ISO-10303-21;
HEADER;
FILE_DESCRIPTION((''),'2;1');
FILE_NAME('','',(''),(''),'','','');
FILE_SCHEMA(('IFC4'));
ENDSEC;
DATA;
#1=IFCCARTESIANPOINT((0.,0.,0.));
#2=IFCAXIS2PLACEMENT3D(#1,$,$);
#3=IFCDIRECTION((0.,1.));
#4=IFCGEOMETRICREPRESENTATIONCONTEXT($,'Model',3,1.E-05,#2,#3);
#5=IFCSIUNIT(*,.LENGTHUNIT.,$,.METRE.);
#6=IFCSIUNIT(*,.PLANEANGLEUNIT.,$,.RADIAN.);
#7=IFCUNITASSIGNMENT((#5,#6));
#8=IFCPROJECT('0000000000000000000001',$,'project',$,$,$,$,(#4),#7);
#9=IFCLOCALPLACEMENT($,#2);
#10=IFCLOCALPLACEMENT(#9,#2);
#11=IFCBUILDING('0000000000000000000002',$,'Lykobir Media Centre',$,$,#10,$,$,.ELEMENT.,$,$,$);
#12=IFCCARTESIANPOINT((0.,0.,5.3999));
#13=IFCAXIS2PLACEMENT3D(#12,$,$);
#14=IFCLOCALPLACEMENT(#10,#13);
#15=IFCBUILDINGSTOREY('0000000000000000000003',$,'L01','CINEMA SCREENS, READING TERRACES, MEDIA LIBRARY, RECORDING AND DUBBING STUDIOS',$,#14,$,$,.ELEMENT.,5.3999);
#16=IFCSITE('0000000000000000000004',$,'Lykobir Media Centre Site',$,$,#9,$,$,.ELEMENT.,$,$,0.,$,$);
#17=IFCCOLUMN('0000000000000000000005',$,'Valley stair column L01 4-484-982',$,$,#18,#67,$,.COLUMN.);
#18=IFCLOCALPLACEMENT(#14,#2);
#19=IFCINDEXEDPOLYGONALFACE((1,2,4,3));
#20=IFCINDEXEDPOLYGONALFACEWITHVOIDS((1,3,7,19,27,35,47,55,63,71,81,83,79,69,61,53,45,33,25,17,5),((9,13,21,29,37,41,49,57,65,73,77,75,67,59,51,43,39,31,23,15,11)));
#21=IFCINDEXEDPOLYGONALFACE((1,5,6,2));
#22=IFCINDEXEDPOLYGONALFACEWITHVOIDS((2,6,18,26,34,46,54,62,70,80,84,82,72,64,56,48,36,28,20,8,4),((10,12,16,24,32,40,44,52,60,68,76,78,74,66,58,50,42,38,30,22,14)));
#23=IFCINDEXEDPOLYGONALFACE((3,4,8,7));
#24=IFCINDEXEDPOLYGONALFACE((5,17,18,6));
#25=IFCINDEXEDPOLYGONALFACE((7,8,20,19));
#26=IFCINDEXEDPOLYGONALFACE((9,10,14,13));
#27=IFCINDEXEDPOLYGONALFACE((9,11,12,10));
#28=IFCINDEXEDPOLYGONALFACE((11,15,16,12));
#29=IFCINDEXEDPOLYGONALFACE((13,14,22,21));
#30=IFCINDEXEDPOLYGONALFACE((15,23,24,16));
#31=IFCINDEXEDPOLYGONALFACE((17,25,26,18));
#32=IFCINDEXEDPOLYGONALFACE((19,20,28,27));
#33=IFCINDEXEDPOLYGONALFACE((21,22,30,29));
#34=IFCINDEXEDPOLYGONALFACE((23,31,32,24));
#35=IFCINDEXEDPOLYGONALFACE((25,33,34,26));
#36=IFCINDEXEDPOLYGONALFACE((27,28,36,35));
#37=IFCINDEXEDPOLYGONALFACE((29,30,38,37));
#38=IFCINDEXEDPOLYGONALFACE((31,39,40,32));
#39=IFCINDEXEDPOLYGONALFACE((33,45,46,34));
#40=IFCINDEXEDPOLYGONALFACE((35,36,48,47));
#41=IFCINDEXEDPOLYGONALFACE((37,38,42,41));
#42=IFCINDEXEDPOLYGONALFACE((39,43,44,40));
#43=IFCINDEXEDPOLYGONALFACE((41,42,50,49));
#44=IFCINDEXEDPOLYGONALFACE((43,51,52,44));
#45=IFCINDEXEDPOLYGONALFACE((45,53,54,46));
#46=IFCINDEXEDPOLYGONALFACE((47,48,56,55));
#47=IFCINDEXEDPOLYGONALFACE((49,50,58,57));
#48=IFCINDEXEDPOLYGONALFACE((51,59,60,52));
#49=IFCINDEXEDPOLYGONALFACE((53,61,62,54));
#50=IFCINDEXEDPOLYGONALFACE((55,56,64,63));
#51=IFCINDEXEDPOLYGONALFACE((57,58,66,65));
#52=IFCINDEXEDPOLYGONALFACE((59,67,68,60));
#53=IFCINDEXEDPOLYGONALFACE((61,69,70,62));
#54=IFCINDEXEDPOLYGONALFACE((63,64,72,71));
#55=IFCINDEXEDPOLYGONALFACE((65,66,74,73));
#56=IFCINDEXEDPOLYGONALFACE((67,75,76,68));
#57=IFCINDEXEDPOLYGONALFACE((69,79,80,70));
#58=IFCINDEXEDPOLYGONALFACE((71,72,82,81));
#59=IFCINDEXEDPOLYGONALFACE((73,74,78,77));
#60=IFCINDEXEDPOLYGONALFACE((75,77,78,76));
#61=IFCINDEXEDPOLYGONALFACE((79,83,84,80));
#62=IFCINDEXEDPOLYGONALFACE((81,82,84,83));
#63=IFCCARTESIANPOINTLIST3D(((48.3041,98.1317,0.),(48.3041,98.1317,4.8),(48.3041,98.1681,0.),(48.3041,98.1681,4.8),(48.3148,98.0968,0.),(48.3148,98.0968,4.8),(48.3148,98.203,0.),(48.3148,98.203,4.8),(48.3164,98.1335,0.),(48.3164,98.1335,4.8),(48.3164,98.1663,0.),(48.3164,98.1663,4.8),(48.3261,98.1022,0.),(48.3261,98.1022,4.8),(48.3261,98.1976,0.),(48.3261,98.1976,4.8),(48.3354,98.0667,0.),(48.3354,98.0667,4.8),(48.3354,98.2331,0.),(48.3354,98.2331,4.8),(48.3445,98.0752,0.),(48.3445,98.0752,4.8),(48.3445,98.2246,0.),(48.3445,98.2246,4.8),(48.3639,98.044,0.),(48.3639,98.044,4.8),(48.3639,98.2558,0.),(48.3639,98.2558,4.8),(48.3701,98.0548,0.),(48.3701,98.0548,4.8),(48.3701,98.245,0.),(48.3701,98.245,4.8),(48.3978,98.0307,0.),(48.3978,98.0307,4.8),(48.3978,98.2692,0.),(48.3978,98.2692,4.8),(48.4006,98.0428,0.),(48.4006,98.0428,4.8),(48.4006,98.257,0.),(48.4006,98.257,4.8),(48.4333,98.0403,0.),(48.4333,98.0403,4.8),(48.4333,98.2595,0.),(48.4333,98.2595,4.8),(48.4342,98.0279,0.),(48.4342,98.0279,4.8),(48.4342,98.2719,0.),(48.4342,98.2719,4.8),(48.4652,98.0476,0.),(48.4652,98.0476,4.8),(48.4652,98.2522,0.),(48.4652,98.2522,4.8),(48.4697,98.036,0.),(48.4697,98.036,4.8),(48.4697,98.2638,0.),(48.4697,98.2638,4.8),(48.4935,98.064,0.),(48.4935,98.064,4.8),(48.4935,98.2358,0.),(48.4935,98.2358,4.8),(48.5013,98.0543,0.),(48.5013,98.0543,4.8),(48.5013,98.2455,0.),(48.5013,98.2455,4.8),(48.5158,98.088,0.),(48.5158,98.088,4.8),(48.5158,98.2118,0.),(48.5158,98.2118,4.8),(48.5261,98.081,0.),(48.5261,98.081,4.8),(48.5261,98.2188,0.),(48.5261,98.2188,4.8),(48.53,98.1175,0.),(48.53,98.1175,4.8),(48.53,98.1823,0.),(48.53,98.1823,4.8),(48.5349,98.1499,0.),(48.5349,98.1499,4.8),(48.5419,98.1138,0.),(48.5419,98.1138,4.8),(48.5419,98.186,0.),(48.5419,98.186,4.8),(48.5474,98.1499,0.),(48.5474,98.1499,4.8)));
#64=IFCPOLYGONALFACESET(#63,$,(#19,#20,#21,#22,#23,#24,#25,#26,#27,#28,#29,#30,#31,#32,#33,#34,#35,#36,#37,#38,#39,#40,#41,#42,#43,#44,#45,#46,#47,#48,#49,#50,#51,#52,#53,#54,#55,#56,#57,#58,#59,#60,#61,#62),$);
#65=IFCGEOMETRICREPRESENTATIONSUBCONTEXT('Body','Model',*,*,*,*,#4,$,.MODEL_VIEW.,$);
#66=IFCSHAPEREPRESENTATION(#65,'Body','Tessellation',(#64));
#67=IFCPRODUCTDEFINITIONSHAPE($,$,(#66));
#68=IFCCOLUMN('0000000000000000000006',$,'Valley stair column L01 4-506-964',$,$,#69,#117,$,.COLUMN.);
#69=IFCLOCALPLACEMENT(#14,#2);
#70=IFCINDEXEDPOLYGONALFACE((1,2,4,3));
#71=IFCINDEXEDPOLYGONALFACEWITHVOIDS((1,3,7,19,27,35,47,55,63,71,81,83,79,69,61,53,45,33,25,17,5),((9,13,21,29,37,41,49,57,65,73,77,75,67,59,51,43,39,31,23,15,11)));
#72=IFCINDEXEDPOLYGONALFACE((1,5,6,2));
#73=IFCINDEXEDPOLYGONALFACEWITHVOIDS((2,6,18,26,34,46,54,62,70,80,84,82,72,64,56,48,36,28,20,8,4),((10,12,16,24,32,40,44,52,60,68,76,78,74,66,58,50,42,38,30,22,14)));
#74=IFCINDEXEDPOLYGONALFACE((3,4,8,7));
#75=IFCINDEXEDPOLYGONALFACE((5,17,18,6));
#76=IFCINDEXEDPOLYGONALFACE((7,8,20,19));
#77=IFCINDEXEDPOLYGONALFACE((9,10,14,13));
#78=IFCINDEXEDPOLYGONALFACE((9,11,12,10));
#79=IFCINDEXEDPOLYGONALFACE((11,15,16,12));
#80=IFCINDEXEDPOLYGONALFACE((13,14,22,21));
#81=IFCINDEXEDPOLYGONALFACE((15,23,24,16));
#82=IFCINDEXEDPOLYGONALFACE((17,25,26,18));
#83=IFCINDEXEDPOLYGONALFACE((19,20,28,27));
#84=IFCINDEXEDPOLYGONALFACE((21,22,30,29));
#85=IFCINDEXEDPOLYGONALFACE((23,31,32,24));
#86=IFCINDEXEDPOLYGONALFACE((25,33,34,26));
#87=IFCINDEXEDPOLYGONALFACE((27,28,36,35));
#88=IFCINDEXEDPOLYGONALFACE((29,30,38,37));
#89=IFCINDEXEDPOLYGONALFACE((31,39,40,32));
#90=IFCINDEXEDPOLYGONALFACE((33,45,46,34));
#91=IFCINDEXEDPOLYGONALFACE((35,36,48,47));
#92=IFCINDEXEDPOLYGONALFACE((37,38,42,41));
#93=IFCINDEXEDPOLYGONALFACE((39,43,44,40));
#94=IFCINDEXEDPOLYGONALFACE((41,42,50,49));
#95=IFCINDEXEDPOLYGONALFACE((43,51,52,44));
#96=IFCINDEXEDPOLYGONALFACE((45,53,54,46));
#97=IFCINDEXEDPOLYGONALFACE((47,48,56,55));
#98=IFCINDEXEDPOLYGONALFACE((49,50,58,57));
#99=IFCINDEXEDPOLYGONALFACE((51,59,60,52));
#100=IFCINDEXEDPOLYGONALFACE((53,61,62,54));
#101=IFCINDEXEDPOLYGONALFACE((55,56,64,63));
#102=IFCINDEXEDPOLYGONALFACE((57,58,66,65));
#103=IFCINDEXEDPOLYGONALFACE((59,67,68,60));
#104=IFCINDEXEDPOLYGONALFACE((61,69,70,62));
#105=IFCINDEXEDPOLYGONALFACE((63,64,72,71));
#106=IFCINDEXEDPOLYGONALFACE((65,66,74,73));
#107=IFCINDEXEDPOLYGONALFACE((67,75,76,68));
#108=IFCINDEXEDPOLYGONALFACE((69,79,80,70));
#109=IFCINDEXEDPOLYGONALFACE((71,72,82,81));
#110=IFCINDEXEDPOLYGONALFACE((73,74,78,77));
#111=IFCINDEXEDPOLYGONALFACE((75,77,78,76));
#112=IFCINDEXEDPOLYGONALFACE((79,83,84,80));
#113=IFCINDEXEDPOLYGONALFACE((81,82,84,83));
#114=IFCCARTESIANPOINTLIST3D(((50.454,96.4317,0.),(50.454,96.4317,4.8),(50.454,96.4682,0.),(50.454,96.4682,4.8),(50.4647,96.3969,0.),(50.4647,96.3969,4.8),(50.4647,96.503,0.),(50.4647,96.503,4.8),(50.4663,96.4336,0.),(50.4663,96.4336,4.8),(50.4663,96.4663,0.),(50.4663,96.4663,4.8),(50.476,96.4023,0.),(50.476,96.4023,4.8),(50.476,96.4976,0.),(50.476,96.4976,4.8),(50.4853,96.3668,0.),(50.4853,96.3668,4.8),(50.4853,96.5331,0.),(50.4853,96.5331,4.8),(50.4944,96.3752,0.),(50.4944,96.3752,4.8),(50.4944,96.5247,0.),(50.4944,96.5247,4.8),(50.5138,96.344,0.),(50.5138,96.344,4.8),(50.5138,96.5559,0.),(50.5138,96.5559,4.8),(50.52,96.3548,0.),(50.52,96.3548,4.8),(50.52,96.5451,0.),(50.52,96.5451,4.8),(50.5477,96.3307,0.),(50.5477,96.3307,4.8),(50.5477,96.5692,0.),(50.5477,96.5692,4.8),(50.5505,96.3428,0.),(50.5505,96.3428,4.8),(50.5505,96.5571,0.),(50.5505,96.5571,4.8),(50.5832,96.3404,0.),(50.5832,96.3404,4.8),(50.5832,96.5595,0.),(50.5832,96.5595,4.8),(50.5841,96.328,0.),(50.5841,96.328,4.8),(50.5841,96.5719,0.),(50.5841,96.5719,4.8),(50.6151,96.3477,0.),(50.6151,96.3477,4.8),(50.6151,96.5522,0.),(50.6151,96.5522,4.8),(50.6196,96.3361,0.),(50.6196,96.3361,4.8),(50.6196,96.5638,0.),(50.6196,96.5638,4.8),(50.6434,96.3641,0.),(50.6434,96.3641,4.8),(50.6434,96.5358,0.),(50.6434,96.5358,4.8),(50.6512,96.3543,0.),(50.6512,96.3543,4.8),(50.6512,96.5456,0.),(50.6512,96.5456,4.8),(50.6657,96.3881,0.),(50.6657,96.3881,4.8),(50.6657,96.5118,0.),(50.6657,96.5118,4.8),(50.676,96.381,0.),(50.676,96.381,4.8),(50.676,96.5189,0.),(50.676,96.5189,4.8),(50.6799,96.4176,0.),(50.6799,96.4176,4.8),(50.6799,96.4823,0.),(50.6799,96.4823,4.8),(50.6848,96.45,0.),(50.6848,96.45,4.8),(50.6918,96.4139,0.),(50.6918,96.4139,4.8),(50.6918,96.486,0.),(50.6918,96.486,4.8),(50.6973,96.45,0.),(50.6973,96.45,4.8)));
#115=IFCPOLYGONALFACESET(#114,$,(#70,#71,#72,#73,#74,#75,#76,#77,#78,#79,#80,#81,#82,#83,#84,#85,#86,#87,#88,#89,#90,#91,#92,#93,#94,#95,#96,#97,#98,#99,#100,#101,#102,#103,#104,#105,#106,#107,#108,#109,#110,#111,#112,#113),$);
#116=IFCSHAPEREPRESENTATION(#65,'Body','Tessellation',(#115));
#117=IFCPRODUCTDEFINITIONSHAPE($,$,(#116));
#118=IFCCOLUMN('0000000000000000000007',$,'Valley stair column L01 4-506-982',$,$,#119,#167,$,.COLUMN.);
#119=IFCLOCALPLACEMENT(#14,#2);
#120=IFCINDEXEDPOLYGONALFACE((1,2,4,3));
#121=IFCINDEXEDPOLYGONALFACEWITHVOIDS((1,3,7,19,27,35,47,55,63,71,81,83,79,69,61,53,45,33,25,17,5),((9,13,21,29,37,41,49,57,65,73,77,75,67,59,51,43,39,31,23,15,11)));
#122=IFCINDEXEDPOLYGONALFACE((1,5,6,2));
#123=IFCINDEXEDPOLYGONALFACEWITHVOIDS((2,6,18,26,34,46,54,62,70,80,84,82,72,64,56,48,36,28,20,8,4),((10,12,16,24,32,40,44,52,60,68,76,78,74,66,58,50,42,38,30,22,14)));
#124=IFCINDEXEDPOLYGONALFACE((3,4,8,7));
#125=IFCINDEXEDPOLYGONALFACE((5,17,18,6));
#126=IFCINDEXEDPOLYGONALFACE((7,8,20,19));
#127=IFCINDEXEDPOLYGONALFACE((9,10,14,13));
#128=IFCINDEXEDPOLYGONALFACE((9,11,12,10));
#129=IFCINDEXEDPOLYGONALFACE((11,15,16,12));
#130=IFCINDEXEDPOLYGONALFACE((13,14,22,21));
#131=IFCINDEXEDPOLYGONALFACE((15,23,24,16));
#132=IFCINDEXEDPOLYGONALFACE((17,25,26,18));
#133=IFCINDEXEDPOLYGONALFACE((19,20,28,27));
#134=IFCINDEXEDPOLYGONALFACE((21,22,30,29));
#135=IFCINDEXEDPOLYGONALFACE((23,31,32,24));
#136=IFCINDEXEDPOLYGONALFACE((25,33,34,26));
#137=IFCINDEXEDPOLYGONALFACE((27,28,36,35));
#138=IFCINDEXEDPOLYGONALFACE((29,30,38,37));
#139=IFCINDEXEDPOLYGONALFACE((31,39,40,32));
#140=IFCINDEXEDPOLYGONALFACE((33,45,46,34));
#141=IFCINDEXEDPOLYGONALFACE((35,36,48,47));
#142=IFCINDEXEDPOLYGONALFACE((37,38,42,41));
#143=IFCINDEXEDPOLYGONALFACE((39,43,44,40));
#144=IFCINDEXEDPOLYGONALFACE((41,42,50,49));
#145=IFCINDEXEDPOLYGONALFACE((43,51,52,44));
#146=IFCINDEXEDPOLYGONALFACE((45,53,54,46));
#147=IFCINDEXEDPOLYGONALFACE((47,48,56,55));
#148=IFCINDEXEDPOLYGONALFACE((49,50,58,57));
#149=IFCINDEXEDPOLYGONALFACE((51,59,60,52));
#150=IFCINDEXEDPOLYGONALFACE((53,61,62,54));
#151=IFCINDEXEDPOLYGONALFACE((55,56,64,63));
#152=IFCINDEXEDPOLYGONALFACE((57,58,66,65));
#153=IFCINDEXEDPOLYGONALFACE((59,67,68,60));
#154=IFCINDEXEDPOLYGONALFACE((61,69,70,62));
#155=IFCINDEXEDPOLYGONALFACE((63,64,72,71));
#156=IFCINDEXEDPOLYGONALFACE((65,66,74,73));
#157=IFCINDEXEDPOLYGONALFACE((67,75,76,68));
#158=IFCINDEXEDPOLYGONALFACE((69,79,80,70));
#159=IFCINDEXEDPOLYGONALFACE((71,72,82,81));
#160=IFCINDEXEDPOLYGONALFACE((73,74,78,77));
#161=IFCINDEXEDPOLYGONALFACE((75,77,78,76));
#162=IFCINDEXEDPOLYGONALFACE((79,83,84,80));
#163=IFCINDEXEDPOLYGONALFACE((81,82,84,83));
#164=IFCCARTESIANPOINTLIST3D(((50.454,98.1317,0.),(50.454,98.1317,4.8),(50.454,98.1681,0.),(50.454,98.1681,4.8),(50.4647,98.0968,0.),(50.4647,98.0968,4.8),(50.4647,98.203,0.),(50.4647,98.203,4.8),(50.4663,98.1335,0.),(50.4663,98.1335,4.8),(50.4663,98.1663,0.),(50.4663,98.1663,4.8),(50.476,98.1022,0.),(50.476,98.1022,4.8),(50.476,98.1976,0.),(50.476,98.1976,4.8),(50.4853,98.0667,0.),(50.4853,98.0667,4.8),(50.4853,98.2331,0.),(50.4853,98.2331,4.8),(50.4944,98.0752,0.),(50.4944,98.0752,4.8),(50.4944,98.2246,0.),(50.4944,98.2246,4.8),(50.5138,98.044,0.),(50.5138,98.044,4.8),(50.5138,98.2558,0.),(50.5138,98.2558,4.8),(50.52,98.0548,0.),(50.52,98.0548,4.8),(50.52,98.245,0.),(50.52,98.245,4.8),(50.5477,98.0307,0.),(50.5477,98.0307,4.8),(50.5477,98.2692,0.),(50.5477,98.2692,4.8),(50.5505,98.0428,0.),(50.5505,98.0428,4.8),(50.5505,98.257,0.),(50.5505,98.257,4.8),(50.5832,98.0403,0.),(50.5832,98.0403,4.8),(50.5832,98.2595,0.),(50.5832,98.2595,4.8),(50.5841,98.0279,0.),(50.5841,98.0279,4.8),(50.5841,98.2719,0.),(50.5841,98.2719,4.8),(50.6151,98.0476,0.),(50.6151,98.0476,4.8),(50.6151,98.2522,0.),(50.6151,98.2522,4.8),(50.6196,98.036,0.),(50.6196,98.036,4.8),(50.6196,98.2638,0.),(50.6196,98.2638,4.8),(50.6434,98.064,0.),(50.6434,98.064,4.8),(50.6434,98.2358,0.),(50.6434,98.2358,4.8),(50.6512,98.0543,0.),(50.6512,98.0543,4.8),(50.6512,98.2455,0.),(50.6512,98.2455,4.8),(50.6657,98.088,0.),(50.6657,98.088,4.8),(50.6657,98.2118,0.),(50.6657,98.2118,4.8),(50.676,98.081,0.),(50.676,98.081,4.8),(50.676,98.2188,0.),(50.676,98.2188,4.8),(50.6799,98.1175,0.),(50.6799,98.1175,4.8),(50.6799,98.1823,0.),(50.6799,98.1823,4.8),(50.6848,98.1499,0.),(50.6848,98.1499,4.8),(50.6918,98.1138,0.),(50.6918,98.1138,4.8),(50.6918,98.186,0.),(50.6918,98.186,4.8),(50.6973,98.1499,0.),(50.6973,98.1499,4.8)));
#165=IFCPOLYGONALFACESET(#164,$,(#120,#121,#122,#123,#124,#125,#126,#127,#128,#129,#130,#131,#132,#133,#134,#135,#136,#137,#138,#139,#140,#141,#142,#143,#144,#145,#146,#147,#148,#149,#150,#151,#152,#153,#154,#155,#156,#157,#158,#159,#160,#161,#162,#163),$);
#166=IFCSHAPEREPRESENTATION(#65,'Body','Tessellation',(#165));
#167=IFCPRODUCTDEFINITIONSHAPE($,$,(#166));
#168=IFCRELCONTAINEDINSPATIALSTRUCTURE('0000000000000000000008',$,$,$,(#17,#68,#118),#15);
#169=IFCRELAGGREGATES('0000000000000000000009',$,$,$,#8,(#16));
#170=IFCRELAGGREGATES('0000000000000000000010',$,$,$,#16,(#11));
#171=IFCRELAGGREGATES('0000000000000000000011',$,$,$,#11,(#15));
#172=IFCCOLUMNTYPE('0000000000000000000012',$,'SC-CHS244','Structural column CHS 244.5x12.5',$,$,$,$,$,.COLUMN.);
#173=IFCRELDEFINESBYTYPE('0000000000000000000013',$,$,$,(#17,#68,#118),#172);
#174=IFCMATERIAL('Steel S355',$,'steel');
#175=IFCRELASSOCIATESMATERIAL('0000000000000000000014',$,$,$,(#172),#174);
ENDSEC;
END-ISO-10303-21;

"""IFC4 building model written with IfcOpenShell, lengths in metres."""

from ifc_helpers import new_model, si_unit, direction, frame, origin, origin_2d, place, context, subcontext, project, spatial, hollow_circle, extrude, material, material_profile, profile_set, type_object, element, save


model = new_model("IFC4")

# Units and contexts
model_context = context("Model", 3, precision=1e-05, world=origin(), true_north=direction((0.0, 1.0)))
body_context = subcontext(model_context, "Body", "Model", "MODEL_VIEW")
ifc_project = project(units=[si_unit("LENGTHUNIT", "METRE"), si_unit("PLANEANGLEUNIT", "RADIAN")], contexts=[model_context])

# Site, building, storey
site_placement = place(None, origin())
site = spatial("IfcSite", under=ifc_project, at=site_placement, Name="Lykobir Media Centre Site", CompositionType="ELEMENT", RefElevation=0.0)
building_placement = place(site_placement, origin())
building = spatial("IfcBuilding", under=site, at=building_placement, Name="Lykobir Media Centre", CompositionType="ELEMENT")
storey_placement = place(building_placement, frame((0.0, 0.0, 5.3999)))
storey = spatial("IfcBuildingStorey", under=building, at=storey_placement, Name="L01", Description="CINEMA SCREENS, READING TERRACES, MEDIA LIBRARY, RECORDING AND DUBBING STUDIOS", CompositionType="ELEMENT", Elevation=5.3999)

# Columns
ifc_material_1 = material(Name="Steel S355", Category="steel")
ifc_material_profile_1 = material_profile(ifc_material_1, hollow_circle(Radius=0.1223, WallThickness=0.0125, at=origin_2d()), Name="CHS 244.5x12.5")
ifc_profile_set_1 = profile_set([ifc_material_profile_1], Name="Steel S355")
column_type_1 = type_object("IfcColumnType", Name="SC-CHS244", Description="Structural column CHS 244.5x12.5", PredefinedType="COLUMN", material=ifc_profile_set_1)
for number, where, z_axis, x_axis, name in (
    (1, (48.425, 98.1499, 0.0), (0.0, 0.0, 1.0), (1.0, 0.0, 0.0), "Valley stair column L01 4-484-982"),
    (2, (50.575, 96.45, 0.0), (0.0, 0.0, 1.0), (1.0, 0.0, 0.0), "Valley stair column L01 4-506-964"),
    (3, (50.575, 98.1499, 0.0), (0.0, 0.0, 1.0), (1.0, 0.0, 0.0), "Valley stair column L01 4-506-982"),
):
    element("IfcColumn", number, at=place(storey_placement, frame(where, z_axis=z_axis, x_axis=x_axis)), inside=storey, type_object=column_type_1, Name=name, PredefinedType="COLUMN", context=body_context, shape_type="SweptSolid", body=[
        extrude(hollow_circle(Radius=0.1223, WallThickness=0.0125, at=origin_2d()), origin(), (0.0, 0.0, 1.0), 4.8),
    ])

save(model, "model.ifc")
